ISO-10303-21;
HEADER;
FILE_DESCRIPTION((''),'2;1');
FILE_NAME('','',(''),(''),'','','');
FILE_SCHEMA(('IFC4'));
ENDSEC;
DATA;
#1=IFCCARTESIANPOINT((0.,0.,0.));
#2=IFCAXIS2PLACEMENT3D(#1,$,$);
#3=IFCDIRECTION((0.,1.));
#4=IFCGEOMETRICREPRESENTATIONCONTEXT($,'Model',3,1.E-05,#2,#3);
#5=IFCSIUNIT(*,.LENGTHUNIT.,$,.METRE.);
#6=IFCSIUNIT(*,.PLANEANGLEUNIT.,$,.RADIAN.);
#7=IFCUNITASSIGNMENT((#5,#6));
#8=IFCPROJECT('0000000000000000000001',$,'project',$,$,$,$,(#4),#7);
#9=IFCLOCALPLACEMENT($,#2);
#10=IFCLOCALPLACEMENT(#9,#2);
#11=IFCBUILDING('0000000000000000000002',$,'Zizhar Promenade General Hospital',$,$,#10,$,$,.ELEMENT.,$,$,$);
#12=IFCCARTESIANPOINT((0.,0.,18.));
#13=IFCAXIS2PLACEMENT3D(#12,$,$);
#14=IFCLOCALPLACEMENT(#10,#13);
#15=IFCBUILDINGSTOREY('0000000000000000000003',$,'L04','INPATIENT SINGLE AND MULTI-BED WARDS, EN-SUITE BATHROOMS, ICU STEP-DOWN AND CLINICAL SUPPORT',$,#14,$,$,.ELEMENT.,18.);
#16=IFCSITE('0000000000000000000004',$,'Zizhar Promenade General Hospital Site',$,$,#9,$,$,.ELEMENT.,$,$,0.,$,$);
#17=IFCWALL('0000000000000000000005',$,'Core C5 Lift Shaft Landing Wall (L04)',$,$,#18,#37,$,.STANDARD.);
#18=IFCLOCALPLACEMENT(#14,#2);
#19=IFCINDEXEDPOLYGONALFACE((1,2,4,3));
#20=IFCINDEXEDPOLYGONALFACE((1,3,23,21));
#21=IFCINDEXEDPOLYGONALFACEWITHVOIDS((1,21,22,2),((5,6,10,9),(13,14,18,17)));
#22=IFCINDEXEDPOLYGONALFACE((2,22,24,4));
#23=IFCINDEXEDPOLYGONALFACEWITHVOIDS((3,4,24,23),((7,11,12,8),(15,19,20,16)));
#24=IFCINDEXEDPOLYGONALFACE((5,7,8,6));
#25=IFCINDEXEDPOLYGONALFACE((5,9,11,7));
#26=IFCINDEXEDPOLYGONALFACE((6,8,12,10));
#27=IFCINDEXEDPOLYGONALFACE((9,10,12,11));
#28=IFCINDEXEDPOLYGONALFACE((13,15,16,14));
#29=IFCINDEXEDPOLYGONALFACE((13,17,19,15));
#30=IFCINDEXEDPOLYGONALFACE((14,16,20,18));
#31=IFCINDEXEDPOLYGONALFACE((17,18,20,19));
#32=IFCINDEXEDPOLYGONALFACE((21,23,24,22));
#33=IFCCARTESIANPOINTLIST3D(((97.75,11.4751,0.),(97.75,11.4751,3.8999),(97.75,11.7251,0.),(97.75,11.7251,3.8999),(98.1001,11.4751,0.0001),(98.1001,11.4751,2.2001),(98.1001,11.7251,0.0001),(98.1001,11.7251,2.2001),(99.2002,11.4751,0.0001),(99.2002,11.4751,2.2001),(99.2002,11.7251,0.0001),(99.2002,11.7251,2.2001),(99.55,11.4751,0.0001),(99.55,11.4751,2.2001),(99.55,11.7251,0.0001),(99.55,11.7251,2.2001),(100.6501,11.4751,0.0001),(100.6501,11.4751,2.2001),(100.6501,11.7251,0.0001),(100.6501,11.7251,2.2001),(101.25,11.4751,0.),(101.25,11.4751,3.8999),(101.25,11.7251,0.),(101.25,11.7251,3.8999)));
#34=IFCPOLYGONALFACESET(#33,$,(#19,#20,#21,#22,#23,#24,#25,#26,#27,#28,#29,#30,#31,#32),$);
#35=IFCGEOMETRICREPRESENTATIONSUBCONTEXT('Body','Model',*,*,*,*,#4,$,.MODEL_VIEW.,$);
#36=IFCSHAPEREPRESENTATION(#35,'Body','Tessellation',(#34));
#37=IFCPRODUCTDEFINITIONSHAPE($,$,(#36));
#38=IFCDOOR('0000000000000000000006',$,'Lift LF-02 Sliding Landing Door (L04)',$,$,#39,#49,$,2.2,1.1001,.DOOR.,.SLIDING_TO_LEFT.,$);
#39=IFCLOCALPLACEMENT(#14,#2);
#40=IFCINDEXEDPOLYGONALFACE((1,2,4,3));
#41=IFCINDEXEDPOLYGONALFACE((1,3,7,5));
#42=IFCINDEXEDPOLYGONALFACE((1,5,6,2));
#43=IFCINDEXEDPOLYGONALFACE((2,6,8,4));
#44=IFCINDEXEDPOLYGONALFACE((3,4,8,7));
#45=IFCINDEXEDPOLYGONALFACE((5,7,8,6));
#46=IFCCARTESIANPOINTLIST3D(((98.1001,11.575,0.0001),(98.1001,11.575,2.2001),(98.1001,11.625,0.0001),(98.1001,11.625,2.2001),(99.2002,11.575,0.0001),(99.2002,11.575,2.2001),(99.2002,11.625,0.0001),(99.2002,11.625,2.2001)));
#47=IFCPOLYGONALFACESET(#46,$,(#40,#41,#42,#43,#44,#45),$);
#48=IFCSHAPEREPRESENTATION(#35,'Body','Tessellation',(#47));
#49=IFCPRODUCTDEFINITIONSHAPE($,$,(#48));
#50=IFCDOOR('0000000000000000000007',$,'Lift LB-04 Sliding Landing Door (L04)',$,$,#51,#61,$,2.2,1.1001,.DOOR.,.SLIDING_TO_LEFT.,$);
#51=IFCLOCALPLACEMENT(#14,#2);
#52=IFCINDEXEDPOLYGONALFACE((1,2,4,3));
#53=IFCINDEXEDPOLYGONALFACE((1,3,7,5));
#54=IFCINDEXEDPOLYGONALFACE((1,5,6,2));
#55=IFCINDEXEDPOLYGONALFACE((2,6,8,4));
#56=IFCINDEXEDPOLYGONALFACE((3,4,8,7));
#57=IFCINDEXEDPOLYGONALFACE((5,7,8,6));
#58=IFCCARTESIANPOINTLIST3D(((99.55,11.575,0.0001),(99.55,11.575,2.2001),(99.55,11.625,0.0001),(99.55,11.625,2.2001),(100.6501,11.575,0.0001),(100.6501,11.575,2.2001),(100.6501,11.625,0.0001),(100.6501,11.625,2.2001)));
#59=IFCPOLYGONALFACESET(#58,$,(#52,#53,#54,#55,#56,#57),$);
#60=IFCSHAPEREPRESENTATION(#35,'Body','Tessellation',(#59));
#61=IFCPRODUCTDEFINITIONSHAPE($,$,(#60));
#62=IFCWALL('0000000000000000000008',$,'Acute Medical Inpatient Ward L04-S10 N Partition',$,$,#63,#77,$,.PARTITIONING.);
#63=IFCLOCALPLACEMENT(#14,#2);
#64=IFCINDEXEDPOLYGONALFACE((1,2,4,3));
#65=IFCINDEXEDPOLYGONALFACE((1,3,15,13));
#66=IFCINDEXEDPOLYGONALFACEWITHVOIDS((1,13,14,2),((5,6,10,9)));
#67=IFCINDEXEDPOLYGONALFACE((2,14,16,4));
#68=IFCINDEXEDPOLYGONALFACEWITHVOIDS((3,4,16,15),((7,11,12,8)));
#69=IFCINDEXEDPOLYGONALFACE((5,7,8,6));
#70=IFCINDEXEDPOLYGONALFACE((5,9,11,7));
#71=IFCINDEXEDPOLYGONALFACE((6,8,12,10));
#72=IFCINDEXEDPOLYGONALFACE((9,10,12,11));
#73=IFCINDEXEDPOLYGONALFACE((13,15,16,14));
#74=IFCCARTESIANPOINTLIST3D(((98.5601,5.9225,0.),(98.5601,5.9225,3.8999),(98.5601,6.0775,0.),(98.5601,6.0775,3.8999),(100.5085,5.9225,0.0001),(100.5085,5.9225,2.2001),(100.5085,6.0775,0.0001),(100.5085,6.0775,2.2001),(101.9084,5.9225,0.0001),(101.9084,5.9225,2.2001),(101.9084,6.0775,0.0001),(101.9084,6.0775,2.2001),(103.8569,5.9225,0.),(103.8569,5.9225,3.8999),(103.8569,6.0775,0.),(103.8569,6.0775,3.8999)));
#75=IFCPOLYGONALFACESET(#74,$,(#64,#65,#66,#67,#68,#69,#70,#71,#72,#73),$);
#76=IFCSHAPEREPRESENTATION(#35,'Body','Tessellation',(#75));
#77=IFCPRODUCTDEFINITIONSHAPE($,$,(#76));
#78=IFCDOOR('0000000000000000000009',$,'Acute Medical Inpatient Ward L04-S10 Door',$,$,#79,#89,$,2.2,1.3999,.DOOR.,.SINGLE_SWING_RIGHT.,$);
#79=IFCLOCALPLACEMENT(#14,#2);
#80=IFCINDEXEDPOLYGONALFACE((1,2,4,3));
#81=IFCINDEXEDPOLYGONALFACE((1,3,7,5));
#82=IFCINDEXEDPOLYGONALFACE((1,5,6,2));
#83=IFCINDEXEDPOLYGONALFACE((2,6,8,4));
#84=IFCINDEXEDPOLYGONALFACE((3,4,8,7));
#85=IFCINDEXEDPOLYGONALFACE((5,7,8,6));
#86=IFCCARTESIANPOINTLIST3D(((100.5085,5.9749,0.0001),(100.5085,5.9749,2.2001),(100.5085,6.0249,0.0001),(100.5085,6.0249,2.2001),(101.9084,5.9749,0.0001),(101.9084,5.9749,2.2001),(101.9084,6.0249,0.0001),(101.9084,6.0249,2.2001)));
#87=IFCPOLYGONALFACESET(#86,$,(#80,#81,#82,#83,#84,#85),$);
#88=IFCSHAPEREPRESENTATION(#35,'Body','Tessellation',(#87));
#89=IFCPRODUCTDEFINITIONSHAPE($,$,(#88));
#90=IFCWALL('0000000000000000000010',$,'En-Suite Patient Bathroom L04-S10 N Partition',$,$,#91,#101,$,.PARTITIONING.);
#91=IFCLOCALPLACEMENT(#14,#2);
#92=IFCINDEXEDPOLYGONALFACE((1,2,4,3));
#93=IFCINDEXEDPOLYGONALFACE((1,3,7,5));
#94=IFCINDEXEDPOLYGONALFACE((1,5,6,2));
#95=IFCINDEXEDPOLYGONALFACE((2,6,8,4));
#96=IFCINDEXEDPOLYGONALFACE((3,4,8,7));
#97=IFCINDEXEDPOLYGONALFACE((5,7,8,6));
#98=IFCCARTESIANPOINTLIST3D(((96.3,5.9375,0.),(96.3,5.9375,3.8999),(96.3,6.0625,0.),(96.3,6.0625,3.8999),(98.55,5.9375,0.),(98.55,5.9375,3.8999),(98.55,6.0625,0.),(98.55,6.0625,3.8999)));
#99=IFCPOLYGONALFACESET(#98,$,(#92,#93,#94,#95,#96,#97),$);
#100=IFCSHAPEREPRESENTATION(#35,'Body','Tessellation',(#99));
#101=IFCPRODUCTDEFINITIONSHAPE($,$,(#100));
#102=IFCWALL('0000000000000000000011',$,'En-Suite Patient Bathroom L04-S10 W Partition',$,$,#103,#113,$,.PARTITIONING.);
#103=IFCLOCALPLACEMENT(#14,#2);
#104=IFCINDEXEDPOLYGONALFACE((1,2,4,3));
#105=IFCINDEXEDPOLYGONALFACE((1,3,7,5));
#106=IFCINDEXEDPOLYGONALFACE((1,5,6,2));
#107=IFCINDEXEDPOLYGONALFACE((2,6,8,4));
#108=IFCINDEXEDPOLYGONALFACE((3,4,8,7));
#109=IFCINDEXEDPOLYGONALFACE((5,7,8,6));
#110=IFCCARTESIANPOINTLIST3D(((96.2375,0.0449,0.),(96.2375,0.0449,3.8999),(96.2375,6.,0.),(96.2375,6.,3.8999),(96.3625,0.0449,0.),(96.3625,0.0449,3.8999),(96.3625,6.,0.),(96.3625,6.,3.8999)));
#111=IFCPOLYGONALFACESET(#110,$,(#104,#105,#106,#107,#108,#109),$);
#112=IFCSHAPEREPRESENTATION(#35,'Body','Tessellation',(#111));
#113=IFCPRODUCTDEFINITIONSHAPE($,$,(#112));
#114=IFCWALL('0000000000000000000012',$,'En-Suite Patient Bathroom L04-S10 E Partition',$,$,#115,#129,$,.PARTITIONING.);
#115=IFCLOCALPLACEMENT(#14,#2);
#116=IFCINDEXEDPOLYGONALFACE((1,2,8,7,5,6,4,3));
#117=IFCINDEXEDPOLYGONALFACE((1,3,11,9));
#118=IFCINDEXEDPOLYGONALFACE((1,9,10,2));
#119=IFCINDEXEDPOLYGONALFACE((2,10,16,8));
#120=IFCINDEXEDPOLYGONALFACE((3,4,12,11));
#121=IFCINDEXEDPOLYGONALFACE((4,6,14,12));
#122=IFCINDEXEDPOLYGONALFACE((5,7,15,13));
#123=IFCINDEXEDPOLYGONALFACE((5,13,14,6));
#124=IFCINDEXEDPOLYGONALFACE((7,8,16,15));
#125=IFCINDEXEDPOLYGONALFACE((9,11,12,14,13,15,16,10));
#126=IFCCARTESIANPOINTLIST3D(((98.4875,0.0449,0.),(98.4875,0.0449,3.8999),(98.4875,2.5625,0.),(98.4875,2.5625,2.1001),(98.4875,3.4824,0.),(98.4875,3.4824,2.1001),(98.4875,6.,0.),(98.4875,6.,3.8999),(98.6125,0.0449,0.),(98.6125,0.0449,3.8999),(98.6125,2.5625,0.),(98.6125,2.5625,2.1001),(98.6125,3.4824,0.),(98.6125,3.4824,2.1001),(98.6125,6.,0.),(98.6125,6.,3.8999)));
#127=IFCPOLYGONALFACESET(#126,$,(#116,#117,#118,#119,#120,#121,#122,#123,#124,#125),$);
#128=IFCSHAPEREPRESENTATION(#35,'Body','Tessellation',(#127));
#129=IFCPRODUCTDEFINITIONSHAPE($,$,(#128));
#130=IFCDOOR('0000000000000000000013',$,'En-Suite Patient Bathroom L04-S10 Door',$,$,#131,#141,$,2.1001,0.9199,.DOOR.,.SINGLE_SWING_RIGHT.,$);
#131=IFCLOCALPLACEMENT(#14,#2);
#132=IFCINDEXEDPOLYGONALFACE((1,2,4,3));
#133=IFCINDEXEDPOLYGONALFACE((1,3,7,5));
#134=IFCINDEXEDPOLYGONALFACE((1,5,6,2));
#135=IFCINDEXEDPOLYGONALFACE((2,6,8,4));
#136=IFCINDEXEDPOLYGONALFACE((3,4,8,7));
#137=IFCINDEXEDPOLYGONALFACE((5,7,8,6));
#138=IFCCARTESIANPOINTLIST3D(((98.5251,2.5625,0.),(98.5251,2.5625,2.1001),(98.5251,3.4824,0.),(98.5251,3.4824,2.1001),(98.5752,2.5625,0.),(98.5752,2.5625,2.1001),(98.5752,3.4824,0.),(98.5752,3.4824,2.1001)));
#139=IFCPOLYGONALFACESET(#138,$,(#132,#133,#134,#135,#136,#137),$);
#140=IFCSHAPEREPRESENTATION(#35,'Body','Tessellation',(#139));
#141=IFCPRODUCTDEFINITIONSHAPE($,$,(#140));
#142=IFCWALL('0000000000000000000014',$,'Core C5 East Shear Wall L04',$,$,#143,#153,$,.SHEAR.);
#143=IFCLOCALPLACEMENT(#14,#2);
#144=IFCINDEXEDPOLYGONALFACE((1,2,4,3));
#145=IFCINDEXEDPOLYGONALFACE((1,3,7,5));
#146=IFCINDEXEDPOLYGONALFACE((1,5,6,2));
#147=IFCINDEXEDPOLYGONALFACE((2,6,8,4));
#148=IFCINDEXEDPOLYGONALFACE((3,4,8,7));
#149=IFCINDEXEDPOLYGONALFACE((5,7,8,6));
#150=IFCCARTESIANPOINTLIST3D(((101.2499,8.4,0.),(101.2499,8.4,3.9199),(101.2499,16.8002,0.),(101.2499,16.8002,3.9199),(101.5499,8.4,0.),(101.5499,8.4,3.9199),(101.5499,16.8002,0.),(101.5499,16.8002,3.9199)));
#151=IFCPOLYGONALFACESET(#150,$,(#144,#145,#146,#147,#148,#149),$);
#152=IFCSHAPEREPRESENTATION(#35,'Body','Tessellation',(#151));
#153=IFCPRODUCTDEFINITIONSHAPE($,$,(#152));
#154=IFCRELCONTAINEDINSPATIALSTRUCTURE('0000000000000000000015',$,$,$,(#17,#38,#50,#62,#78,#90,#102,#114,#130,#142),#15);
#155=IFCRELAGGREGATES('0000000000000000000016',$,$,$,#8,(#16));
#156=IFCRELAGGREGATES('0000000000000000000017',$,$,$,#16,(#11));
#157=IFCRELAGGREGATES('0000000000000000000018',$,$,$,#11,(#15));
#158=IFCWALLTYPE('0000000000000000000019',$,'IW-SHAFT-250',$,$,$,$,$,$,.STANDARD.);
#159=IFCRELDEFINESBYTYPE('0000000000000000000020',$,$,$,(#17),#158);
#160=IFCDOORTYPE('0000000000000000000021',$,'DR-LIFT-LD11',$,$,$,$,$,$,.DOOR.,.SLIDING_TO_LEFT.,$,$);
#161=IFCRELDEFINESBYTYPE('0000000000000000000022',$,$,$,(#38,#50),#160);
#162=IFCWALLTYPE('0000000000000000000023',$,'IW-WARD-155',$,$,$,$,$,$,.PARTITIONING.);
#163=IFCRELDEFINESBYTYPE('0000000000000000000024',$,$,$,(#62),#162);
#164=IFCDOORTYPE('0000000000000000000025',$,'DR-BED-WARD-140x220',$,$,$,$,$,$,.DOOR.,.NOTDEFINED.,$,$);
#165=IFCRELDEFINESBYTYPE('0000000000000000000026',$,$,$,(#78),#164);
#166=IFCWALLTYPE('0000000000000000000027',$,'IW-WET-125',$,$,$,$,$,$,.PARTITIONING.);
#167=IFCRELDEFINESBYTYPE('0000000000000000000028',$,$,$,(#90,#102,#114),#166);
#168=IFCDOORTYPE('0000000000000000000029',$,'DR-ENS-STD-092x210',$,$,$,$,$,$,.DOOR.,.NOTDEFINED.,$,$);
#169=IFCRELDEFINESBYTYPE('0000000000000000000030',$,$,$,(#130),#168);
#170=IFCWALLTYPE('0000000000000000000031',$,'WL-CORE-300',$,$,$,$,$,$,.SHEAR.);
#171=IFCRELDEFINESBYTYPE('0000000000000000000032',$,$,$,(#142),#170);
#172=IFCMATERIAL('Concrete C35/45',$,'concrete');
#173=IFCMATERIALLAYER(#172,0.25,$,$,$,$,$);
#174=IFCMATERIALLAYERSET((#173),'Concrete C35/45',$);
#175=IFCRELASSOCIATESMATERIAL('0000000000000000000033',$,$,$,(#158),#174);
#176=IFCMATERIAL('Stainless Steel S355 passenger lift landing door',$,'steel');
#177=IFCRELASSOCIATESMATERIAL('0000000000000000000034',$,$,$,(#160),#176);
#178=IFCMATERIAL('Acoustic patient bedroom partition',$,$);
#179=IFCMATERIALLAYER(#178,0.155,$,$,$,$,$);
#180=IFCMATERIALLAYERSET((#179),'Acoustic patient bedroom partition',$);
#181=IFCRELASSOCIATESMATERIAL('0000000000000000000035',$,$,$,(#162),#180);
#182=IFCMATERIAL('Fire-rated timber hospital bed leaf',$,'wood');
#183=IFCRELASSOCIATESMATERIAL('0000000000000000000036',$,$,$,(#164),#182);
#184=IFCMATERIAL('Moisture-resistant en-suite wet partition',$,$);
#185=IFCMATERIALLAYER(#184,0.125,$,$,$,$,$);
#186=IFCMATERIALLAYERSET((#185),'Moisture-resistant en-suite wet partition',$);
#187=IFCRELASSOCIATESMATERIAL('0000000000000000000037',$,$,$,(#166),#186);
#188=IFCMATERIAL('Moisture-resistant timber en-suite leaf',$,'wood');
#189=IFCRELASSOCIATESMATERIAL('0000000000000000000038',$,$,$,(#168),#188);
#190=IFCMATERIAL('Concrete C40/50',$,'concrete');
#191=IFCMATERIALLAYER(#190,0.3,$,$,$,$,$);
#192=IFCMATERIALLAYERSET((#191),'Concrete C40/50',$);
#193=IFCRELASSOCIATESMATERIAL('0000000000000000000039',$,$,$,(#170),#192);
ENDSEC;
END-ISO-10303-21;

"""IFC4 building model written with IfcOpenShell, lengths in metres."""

from ifc_helpers import new_model, si_unit, direction, frame, frame_2d, origin, place, context, subcontext, project, spatial, rectangle, extrude, material, layer, layer_set, type_object, element, fill, save


model = new_model("IFC4")

# Units and contexts
model_context = context("Model", 3, precision=1e-05, world=origin(), true_north=direction((0.0, 1.0)))
body_context = subcontext(model_context, "Body", "Model", "MODEL_VIEW")
ifc_project = project(units=[si_unit("LENGTHUNIT", "METRE"), si_unit("PLANEANGLEUNIT", "RADIAN")], contexts=[model_context])

# Site, building, storey
site_placement = place(None, origin())
site = spatial("IfcSite", under=ifc_project, at=site_placement, Name="Zizhar Promenade General Hospital Site", CompositionType="ELEMENT", RefElevation=0.0)
building_placement = place(site_placement, origin())
building = spatial("IfcBuilding", under=site, at=building_placement, Name="Zizhar Promenade General Hospital", CompositionType="ELEMENT")
storey_placement = place(building_placement, frame((0.0, 0.0, 18.0)))
storey = spatial("IfcBuildingStorey", under=building, at=storey_placement, Name="L04", Description="INPATIENT SINGLE AND MULTI-BED WARDS, EN-SUITE BATHROOMS, ICU STEP-DOWN AND CLINICAL SUPPORT", CompositionType="ELEMENT", Elevation=18.0)

# Wall, openings, doors
ifc_material_1 = material(Name="Concrete C35/45", Category="concrete")
ifc_layer_1 = layer(ifc_material_1, 0.25)
ifc_layer_set_1 = layer_set([ifc_layer_1], Name="Concrete C35/45")
wall_type_1 = type_object("IfcWallType", Name="IW-SHAFT-250", PredefinedType="STANDARD", material=ifc_layer_set_1)
wall_1_placement = place(storey_placement, frame((97.75, 11.6001, 0.0), z_axis=(0.0, 0.0, 1.0), x_axis=(1.0, 0.0, 0.0)))
wall_1 = element("IfcWall", 1, at=wall_1_placement, inside=storey, type_object=wall_type_1, Name="Core C5 Lift Shaft Landing Wall (L04)", PredefinedType="STANDARD", context=body_context, shape_type="SweptSolid", body=[
    extrude(rectangle(XDim=3.5, YDim=0.25, at=frame_2d((1.75, 0.0))), origin(), (0.0, 0.0, 1.0), 3.8999),
])
opening_1_placement = place(wall_1_placement, frame((0.3501, 0.0, 0.0)))
opening_1 = element("IfcOpeningElement", 2, at=opening_1_placement, cuts=wall_1, PredefinedType="OPENING", context=body_context, shape_type="SweptSolid", body=[
    extrude(rectangle(XDim=1.1001, YDim=2.2, at=frame_2d((0.55, 1.1001))), frame((0.0, 0.135, 0.0), z_axis=(0.0, -1.0, 0.0), x_axis=(1.0, 0.0, 0.0)), (0.0, 0.0, 1.0), 0.27),
])
opening_2_placement = place(wall_1_placement, frame((1.8, 0.0, 0.0)))
opening_2 = element("IfcOpeningElement", 3, at=opening_2_placement, cuts=wall_1, PredefinedType="OPENING", context=body_context, shape_type="SweptSolid", body=[
    extrude(rectangle(XDim=1.1001, YDim=2.2, at=frame_2d((0.55, 1.1001))), frame((0.0, 0.135, 0.0), z_axis=(0.0, -1.0, 0.0), x_axis=(1.0, 0.0, 0.0)), (0.0, 0.0, 1.0), 0.27),
])
ifc_material_2 = material(Name="Stainless Steel S355 passenger lift landing door", Category="steel")
door_type_1 = type_object("IfcDoorType", Name="DR-LIFT-LD11", OperationType="SLIDING_TO_LEFT", PredefinedType="DOOR", material=ifc_material_2)
door_1_placement = place(opening_1_placement, origin())
door_1 = element("IfcDoor", 4, at=door_1_placement, inside=storey, type_object=door_type_1, Name="Lift LF-02 Sliding Landing Door (L04)", OperationType="SLIDING_TO_LEFT", OverallHeight=2.2, OverallWidth=1.1001, PredefinedType="DOOR", context=body_context, shape_type="SweptSolid", body=[
    extrude(rectangle(XDim=1.1001, YDim=2.2, at=frame_2d((0.55, 1.1001))), frame((0.0, 0.0249, 0.0), z_axis=(0.0, -1.0, 0.0), x_axis=(1.0, 0.0, 0.0)), (0.0, 0.0, 1.0), 0.05),
])
fill(opening_1, door_1)
door_2_placement = place(opening_2_placement, origin())
door_2 = element("IfcDoor", 5, at=door_2_placement, inside=storey, type_object=door_type_1, Name="Lift LB-04 Sliding Landing Door (L04)", OperationType="SLIDING_TO_LEFT", OverallHeight=2.2, OverallWidth=1.1001, PredefinedType="DOOR", context=body_context, shape_type="SweptSolid", body=[
    extrude(rectangle(XDim=1.1001, YDim=2.2, at=frame_2d((0.55, 1.1001))), frame((0.0, 0.0249, 0.0), z_axis=(0.0, -1.0, 0.0), x_axis=(1.0, 0.0, 0.0)), (0.0, 0.0, 1.0), 0.05),
])
fill(opening_2, door_2)

# Wall, opening, door
ifc_material_3 = material(Name="Acoustic patient bedroom partition")
ifc_layer_2 = layer(ifc_material_3, 0.155)
ifc_layer_set_2 = layer_set([ifc_layer_2], Name="Acoustic patient bedroom partition")
wall_type_2 = type_object("IfcWallType", Name="IW-WARD-155", PredefinedType="PARTITIONING", material=ifc_layer_set_2)
wall_2_placement = place(storey_placement, frame((98.5601, 6.0, 0.0), z_axis=(0.0, 0.0, 1.0), x_axis=(1.0, 0.0, 0.0)))
wall_2 = element("IfcWall", 6, at=wall_2_placement, inside=storey, type_object=wall_type_2, Name="Acute Medical Inpatient Ward L04-S10 N Partition", PredefinedType="PARTITIONING", context=body_context, shape_type="SweptSolid", body=[
    extrude(rectangle(XDim=5.2969, YDim=0.155, at=frame_2d((2.6484, 0.0))), origin(), (0.0, 0.0, 1.0), 3.8999),
])
opening_3_placement = place(wall_2_placement, frame((1.9485, 0.0, 0.0)))
opening_3 = element("IfcOpeningElement", 7, at=opening_3_placement, cuts=wall_2, PredefinedType="OPENING", context=body_context, shape_type="SweptSolid", body=[
    extrude(rectangle(XDim=1.3999, YDim=2.2, at=frame_2d((0.7, 1.1001))), frame((0.0, 0.0874, 0.0), z_axis=(0.0, -1.0, 0.0), x_axis=(1.0, 0.0, 0.0)), (0.0, 0.0, 1.0), 0.175),
])
ifc_material_4 = material(Name="Fire-rated timber hospital bed leaf", Category="wood")
door_type_2 = type_object("IfcDoorType", Name="DR-BED-WARD-140x220", OperationType="NOTDEFINED", PredefinedType="DOOR", material=ifc_material_4)
door_3_placement = place(opening_3_placement, origin())
door_3 = element("IfcDoor", 8, at=door_3_placement, inside=storey, type_object=door_type_2, Name="Acute Medical Inpatient Ward L04-S10 Door", OperationType="SINGLE_SWING_RIGHT", OverallHeight=2.2, OverallWidth=1.3999, PredefinedType="DOOR", context=body_context, shape_type="SweptSolid", body=[
    extrude(rectangle(XDim=1.3999, YDim=2.2, at=frame_2d((0.7, 1.1001))), frame((0.0, 0.0249, 0.0), z_axis=(0.0, -1.0, 0.0), x_axis=(1.0, 0.0, 0.0)), (0.0, 0.0, 1.0), 0.05),
])
fill(opening_3, door_3)

# Walls
ifc_material_5 = material(Name="Moisture-resistant en-suite wet partition")
ifc_layer_3 = layer(ifc_material_5, 0.125)
ifc_layer_set_3 = layer_set([ifc_layer_3], Name="Moisture-resistant en-suite wet partition")
wall_type_3 = type_object("IfcWallType", Name="IW-WET-125", PredefinedType="PARTITIONING", material=ifc_layer_set_3)
wall_3_placement = place(storey_placement, frame((96.3, 6.0, 0.0), z_axis=(0.0, 0.0, 1.0), x_axis=(1.0, 0.0, 0.0)))
element("IfcWall", 9, at=wall_3_placement, inside=storey, type_object=wall_type_3, Name="En-Suite Patient Bathroom L04-S10 N Partition", PredefinedType="PARTITIONING", context=body_context, shape_type="SweptSolid", body=[
    extrude(rectangle(XDim=2.25, YDim=0.125, at=frame_2d((1.125, 0.0))), origin(), (0.0, 0.0, 1.0), 3.8999),
])
wall_4_placement = place(storey_placement, frame((96.3, 0.0449, 0.0), z_axis=(0.0, 0.0, 1.0), x_axis=(0.0, 1.0, 0.0)))
element("IfcWall", 10, at=wall_4_placement, inside=storey, type_object=wall_type_3, Name="En-Suite Patient Bathroom L04-S10 W Partition", PredefinedType="PARTITIONING", context=body_context, shape_type="SweptSolid", body=[
    extrude(rectangle(XDim=5.9551, YDim=0.125, at=frame_2d((2.9775, 0.0))), origin(), (0.0, 0.0, 1.0), 3.8999),
])

# Wall, opening, door
wall_5_placement = place(storey_placement, frame((98.55, 0.0449, 0.0), z_axis=(0.0, 0.0, 1.0), x_axis=(0.0, 1.0, 0.0)))
wall_5 = element("IfcWall", 11, at=wall_5_placement, inside=storey, type_object=wall_type_3, Name="En-Suite Patient Bathroom L04-S10 E Partition", PredefinedType="PARTITIONING", context=body_context, shape_type="SweptSolid", body=[
    extrude(rectangle(XDim=5.9551, YDim=0.125, at=frame_2d((2.9775, 0.0))), origin(), (0.0, 0.0, 1.0), 3.8999),
])
opening_4_placement = place(wall_5_placement, frame((2.5176, 0.0, 0.0)))
opening_4 = element("IfcOpeningElement", 12, at=opening_4_placement, cuts=wall_5, PredefinedType="OPENING", context=body_context, shape_type="SweptSolid", body=[
    extrude(rectangle(XDim=0.9199, YDim=2.1001, at=frame_2d((0.46, 1.05))), frame((0.0, 0.0725, 0.0), z_axis=(0.0, -1.0, 0.0), x_axis=(1.0, 0.0, 0.0)), (0.0, 0.0, 1.0), 0.145),
])
ifc_material_6 = material(Name="Moisture-resistant timber en-suite leaf", Category="wood")
door_type_3 = type_object("IfcDoorType", Name="DR-ENS-STD-092x210", OperationType="NOTDEFINED", PredefinedType="DOOR", material=ifc_material_6)
door_4_placement = place(opening_4_placement, origin())
door_4 = element("IfcDoor", 13, at=door_4_placement, inside=storey, type_object=door_type_3, Name="En-Suite Patient Bathroom L04-S10 Door", OperationType="SINGLE_SWING_RIGHT", OverallHeight=2.1001, OverallWidth=0.9199, PredefinedType="DOOR", context=body_context, shape_type="SweptSolid", body=[
    extrude(rectangle(XDim=0.9199, YDim=2.1001, at=frame_2d((0.46, 1.05))), frame((0.0, 0.0249, 0.0), z_axis=(0.0, -1.0, 0.0), x_axis=(1.0, 0.0, 0.0)), (0.0, 0.0, 1.0), 0.05),
])
fill(opening_4, door_4)

# Wall
ifc_material_7 = material(Name="Concrete C40/50", Category="concrete")
ifc_layer_4 = layer(ifc_material_7, 0.3)
ifc_layer_set_4 = layer_set([ifc_layer_4], Name="Concrete C40/50")
wall_type_4 = type_object("IfcWallType", Name="WL-CORE-300", PredefinedType="SHEAR", material=ifc_layer_set_4)
wall_6_placement = place(storey_placement, frame((101.3999, 8.3999, 0.0), z_axis=(0.0, 0.0, 1.0), x_axis=(0.0, 1.0, 0.0)))
element("IfcWall", 14, at=wall_6_placement, inside=storey, type_object=wall_type_4, Name="Core C5 East Shear Wall L04", PredefinedType="SHEAR", context=body_context, shape_type="SweptSolid", body=[
    extrude(rectangle(XDim=8.4001, YDim=0.3, at=frame_2d((4.2002, 0.0))), origin(), (0.0, 0.0, 1.0), 3.9199),
])

save(model, "model.ifc")
